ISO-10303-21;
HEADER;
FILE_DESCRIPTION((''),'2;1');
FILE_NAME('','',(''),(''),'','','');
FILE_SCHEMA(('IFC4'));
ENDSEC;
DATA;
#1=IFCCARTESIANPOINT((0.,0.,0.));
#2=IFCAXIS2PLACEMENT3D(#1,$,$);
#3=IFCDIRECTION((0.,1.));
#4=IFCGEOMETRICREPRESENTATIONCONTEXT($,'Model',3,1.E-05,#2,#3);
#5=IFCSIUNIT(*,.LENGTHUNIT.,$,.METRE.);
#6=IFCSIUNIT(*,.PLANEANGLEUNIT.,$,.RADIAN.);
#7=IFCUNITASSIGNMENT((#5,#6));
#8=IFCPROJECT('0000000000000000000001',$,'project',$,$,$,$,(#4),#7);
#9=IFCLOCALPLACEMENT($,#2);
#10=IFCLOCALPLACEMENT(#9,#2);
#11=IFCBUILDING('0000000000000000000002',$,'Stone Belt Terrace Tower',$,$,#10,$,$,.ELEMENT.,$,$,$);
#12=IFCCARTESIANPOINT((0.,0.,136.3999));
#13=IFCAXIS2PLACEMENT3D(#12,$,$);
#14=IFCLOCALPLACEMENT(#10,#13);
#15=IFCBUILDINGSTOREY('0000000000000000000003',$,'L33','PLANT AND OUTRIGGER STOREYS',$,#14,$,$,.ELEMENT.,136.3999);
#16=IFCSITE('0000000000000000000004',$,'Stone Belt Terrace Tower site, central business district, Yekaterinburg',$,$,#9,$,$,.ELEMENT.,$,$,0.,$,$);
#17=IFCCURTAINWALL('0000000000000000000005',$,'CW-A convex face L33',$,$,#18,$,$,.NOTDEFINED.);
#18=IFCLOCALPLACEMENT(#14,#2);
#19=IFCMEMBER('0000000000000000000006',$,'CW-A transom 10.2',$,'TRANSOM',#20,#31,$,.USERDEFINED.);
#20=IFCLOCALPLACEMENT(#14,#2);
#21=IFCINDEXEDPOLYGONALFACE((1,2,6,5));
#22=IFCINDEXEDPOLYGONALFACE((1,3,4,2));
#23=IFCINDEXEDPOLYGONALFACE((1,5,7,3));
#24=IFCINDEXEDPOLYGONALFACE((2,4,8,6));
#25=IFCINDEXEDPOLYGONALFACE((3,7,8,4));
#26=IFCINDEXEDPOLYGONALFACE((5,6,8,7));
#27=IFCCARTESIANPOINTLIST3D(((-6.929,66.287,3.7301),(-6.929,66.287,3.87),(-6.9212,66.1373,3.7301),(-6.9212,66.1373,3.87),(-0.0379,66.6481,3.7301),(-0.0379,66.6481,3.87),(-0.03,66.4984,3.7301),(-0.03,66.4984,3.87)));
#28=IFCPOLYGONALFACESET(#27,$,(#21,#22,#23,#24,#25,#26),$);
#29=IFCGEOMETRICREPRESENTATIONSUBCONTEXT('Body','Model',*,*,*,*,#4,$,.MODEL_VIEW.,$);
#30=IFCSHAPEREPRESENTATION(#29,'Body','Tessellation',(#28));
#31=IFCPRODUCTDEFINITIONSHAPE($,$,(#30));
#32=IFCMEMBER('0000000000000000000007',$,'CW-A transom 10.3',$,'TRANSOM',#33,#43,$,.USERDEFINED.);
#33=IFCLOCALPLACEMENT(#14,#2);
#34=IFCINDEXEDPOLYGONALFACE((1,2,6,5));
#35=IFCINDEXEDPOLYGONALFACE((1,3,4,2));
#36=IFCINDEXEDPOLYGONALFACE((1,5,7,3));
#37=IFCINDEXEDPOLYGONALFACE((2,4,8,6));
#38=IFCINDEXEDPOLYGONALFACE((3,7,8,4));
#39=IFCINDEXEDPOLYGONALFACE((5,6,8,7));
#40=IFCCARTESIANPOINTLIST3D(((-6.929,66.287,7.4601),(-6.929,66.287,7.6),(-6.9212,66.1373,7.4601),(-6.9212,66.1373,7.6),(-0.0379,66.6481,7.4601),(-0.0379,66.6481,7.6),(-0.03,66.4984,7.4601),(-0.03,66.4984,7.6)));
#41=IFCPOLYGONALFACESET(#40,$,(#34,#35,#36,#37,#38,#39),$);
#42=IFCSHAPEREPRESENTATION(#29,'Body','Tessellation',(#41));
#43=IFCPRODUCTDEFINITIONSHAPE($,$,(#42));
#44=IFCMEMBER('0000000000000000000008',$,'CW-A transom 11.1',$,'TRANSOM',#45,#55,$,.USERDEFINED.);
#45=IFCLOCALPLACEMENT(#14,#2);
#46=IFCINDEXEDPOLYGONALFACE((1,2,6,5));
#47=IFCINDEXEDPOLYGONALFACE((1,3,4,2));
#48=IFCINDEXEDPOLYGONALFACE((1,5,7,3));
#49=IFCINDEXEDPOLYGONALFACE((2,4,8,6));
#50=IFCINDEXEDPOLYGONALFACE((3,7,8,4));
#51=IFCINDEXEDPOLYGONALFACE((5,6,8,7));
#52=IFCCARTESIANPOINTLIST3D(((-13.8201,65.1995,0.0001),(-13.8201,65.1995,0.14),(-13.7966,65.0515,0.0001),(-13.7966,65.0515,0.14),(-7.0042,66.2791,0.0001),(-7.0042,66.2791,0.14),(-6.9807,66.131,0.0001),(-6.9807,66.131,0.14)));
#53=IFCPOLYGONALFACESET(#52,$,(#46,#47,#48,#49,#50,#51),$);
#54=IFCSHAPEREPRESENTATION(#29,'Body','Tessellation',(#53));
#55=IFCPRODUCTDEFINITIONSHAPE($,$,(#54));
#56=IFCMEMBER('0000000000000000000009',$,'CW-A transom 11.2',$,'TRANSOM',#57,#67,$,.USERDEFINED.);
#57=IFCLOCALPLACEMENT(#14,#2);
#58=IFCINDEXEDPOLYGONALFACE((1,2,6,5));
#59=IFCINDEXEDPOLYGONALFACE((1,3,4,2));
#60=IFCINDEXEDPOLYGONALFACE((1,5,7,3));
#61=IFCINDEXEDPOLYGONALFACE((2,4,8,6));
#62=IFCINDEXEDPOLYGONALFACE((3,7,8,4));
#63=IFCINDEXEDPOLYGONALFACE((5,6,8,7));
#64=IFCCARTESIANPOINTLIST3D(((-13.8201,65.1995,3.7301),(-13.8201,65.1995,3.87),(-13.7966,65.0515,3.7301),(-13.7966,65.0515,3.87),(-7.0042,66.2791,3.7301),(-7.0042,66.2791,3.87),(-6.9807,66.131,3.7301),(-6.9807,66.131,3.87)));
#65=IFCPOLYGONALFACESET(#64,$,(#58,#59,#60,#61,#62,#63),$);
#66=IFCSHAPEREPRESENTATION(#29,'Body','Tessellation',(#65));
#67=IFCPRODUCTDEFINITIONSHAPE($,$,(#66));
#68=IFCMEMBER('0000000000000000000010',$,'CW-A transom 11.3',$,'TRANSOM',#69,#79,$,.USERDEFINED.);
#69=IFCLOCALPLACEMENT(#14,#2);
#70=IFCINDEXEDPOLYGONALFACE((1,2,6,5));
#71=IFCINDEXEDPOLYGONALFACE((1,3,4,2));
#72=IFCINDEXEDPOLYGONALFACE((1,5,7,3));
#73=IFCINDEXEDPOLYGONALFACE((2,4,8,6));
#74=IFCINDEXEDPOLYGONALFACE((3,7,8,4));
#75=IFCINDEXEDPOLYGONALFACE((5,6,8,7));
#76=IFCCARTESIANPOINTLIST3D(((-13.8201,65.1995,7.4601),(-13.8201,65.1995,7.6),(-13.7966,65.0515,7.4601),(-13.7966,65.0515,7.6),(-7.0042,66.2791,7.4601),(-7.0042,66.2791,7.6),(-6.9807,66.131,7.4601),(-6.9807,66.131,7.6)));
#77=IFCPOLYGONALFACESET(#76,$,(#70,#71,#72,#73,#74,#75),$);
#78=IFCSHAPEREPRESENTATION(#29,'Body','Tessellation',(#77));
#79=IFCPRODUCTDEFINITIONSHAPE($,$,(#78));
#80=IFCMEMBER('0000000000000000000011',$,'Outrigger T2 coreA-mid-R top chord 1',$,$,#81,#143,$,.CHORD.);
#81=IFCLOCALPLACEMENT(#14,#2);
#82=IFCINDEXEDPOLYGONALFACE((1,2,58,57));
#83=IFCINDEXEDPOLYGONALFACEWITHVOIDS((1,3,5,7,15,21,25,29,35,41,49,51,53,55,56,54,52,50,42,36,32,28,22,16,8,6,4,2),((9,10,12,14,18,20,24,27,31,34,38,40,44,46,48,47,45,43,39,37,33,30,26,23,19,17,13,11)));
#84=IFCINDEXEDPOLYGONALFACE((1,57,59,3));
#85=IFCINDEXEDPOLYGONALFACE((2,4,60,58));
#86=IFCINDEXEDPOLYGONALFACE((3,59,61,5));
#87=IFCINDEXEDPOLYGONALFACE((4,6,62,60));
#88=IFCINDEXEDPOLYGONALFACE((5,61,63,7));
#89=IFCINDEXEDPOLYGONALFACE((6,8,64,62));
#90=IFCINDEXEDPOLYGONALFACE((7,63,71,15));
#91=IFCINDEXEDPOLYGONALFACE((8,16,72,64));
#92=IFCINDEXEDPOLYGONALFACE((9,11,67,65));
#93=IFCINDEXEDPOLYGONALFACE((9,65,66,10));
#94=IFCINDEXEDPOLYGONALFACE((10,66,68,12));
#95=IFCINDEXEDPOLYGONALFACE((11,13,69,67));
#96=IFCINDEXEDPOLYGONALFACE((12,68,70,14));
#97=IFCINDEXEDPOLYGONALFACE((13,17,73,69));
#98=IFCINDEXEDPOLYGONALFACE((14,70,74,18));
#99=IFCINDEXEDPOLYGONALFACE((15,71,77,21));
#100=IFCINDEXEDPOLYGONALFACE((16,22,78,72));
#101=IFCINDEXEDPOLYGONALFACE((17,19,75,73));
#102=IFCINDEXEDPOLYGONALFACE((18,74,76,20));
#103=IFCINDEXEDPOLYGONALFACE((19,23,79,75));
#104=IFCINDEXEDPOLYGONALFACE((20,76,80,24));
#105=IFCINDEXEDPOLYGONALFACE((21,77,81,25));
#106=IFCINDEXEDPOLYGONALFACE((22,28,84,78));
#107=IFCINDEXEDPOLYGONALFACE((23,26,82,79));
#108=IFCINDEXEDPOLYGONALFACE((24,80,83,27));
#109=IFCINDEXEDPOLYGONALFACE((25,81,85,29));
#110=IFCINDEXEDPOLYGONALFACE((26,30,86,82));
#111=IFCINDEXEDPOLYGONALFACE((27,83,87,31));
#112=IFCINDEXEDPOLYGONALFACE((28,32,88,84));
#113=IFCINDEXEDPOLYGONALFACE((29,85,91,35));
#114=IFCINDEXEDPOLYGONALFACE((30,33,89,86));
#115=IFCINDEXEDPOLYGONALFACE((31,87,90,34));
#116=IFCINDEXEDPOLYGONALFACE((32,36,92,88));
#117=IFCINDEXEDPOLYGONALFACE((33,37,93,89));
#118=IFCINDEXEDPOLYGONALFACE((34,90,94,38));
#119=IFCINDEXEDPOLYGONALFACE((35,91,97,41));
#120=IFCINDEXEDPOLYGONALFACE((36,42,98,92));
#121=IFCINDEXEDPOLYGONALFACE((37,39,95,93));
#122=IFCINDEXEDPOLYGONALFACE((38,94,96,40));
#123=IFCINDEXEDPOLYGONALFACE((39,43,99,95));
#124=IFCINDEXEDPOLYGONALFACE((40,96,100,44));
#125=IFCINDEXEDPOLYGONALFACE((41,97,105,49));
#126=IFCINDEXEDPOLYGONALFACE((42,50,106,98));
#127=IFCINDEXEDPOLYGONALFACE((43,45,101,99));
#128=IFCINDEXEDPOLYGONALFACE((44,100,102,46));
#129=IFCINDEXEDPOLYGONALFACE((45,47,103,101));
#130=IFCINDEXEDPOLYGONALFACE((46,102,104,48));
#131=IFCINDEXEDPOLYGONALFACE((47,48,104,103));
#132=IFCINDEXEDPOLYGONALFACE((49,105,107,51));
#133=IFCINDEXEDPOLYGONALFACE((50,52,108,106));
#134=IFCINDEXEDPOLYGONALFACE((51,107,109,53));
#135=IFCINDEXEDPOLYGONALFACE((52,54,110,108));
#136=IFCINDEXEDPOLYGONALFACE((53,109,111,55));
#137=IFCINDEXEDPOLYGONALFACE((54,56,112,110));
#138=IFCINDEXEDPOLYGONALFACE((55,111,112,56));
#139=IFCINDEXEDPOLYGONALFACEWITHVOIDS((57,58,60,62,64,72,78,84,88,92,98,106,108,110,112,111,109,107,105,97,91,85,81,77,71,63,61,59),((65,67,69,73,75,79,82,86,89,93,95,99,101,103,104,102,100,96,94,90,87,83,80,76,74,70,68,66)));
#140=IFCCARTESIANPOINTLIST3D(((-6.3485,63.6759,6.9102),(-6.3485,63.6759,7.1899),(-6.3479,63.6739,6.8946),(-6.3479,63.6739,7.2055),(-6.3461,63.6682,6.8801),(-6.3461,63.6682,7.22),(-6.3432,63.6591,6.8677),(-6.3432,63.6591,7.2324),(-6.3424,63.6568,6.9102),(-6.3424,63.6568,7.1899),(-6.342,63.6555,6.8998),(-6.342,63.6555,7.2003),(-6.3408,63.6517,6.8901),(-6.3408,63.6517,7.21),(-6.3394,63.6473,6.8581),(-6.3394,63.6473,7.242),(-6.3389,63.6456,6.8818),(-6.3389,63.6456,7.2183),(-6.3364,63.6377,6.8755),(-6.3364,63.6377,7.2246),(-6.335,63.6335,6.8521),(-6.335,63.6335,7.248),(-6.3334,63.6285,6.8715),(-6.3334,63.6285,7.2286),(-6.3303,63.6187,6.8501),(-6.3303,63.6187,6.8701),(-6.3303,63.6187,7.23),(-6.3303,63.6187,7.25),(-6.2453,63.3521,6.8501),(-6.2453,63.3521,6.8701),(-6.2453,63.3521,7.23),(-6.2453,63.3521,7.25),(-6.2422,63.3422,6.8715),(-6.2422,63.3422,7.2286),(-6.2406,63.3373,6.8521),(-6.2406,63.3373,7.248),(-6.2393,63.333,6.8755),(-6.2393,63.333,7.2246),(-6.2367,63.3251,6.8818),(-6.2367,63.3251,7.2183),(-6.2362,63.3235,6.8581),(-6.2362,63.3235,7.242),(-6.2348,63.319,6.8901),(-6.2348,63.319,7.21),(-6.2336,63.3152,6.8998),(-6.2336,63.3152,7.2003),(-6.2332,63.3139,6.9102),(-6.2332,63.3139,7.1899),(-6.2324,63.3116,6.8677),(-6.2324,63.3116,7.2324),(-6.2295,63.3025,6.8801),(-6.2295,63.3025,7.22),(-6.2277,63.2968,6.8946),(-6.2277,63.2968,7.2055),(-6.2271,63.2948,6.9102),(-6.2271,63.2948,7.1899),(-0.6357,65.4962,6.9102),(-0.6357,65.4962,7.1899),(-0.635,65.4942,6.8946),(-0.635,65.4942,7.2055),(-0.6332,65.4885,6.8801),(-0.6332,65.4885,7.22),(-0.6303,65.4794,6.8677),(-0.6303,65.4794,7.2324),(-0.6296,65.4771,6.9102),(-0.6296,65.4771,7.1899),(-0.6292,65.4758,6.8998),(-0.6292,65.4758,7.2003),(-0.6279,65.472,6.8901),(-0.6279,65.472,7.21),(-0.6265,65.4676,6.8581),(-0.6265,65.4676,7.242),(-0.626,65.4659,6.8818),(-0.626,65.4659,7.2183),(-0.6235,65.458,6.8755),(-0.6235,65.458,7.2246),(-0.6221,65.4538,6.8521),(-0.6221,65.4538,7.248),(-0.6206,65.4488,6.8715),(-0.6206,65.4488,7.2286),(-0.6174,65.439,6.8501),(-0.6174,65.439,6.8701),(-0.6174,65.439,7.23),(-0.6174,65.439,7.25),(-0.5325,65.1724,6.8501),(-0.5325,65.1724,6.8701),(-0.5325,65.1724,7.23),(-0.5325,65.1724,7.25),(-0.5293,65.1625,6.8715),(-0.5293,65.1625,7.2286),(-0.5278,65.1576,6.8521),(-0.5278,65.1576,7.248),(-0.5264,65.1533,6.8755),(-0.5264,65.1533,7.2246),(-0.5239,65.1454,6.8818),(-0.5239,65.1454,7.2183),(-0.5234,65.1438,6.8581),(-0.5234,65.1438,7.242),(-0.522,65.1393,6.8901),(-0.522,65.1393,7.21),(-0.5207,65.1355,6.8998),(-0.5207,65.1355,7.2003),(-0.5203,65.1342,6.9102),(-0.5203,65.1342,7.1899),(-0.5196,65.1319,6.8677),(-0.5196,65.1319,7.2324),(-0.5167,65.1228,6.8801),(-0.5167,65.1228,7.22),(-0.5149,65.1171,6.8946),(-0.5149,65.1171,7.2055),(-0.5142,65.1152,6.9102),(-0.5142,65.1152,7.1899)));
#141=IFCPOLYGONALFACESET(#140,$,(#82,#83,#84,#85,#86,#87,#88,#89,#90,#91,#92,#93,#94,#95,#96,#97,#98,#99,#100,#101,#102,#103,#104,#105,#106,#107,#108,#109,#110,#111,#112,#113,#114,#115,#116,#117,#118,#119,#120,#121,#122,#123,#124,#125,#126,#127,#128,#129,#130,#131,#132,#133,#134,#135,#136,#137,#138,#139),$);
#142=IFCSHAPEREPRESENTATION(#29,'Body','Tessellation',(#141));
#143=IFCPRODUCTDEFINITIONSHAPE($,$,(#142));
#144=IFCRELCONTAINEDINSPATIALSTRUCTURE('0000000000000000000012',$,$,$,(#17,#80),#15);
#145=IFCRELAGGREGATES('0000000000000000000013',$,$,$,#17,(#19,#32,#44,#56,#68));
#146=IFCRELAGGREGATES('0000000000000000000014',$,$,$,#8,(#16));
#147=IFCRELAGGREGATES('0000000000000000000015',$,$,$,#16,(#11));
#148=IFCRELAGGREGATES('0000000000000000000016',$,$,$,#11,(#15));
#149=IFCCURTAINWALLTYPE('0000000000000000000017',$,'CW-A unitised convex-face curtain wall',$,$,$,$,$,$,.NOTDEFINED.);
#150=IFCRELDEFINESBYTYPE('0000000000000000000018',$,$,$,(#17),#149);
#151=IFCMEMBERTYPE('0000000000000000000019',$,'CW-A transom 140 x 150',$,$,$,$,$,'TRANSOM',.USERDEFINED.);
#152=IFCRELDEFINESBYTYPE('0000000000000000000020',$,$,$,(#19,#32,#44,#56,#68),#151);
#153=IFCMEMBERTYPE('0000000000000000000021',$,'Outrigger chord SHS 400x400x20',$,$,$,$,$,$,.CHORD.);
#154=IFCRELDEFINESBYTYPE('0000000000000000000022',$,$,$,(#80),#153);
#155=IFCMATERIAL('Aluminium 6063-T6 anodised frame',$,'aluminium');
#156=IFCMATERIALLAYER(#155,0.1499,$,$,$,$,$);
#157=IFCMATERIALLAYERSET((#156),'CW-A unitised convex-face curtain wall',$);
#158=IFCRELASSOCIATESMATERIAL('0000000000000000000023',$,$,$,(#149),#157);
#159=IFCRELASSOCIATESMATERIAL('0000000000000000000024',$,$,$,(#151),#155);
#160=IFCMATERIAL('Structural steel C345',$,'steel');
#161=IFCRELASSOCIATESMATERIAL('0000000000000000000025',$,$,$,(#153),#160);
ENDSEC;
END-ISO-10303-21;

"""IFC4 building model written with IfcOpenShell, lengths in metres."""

from ifc_helpers import new_model, si_unit, direction, frame, origin, origin_2d, place, context, subcontext, project, spatial, rectangle, hollow_rectangle, extrude, material, layer, layer_set, material_profile, profile_set, type_object, element, aggregate, save


model = new_model("IFC4")

# Units and contexts
model_context = context("Model", 3, precision=1e-05, world=origin(), true_north=direction((0.0, 1.0)))
body_context = subcontext(model_context, "Body", "Model", "MODEL_VIEW")
ifc_project = project(units=[si_unit("LENGTHUNIT", "METRE"), si_unit("PLANEANGLEUNIT", "RADIAN")], contexts=[model_context])

# Site, building, storey
site_placement = place(None, origin())
site = spatial("IfcSite", under=ifc_project, at=site_placement, Name="Stone Belt Terrace Tower site, central business district, Yekaterinburg", CompositionType="ELEMENT", RefElevation=0.0)
building_placement = place(site_placement, origin())
building = spatial("IfcBuilding", under=site, at=building_placement, Name="Stone Belt Terrace Tower", CompositionType="ELEMENT")
storey_placement = place(building_placement, frame((0.0, 0.0, 136.3999)))
storey = spatial("IfcBuildingStorey", under=building, at=storey_placement, Name="L33", Description="PLANT AND OUTRIGGER STOREYS", CompositionType="ELEMENT", Elevation=136.3999)

# Shared definitions
ifc_material_1 = material(Name="Structural steel C345", Category="steel")

# Curtain wall, members
ifc_material_2 = material(Name="Aluminium 6063-T6 anodised frame", Category="aluminium")
ifc_layer_1 = layer(ifc_material_2, 0.1499)
ifc_layer_set_1 = layer_set([ifc_layer_1], Name="CW-A unitised convex-face curtain wall")
curtain_wall_type = type_object("IfcCurtainWallType", Name="CW-A unitised convex-face curtain wall", PredefinedType="NOTDEFINED", material=ifc_layer_set_1)
curtain_wall_placement = place(storey_placement, origin())
curtain_wall = element("IfcCurtainWall", 1, at=curtain_wall_placement, inside=storey, type_object=curtain_wall_type, Name="CW-A convex face L33", PredefinedType="NOTDEFINED")
ifc_material_profile_1 = material_profile(ifc_material_2, rectangle(XDim=0.1499, YDim=0.1399, at=origin_2d()), Name="Aluminium 6063-T6 150x140")
ifc_profile_set_1 = profile_set([ifc_material_profile_1], Name="Aluminium 6063-T6 anodised frame")
member_type_1 = type_object("IfcMemberType", Name="CW-A transom 140 x 150", ElementType="TRANSOM", PredefinedType="USERDEFINED", material=ifc_profile_set_1)
member_1_placement = place(storey_placement, frame((-0.0339, 66.5732, 3.8), z_axis=(-0.99863, -0.052327, 0.0), x_axis=(0.052327, -0.99863, 0.0)))
member_1 = element("IfcMember", 2, at=member_1_placement, type_object=member_type_1, Name="CW-A transom 10.2", ObjectType="TRANSOM", PredefinedType="USERDEFINED", context=body_context, shape_type="SweptSolid", body=[
    extrude(rectangle(XDim=0.1499, YDim=0.1399, at=origin_2d()), origin(), (0.0, 0.0, 1.0), 6.9006),
])
member_2_placement = place(storey_placement, frame((-0.0339, 66.5732, 7.53), z_axis=(-0.99863, -0.052327, 0.0), x_axis=(0.052327, -0.99863, 0.0)))
member_2 = element("IfcMember", 3, at=member_2_placement, type_object=member_type_1, Name="CW-A transom 10.3", ObjectType="TRANSOM", PredefinedType="USERDEFINED", context=body_context, shape_type="SweptSolid", body=[
    extrude(rectangle(XDim=0.1499, YDim=0.1399, at=origin_2d()), origin(), (0.0, 0.0, 1.0), 6.9006),
])
member_3_placement = place(storey_placement, frame((-6.9924, 66.2051, 0.0701), z_axis=(-0.987687, -0.156442, 0.0), x_axis=(0.156442, -0.987687, 0.0)))
member_3 = element("IfcMember", 4, at=member_3_placement, type_object=member_type_1, Name="CW-A transom 11.1", ObjectType="TRANSOM", PredefinedType="USERDEFINED", context=body_context, shape_type="SweptSolid", body=[
    extrude(rectangle(XDim=0.1499, YDim=0.1399, at=origin_2d()), origin(), (0.0, 0.0, 1.0), 6.9009),
])
member_4_placement = place(storey_placement, frame((-6.9924, 66.2051, 3.8), z_axis=(-0.987687, -0.156442, 0.0), x_axis=(0.156442, -0.987687, 0.0)))
member_4 = element("IfcMember", 5, at=member_4_placement, type_object=member_type_1, Name="CW-A transom 11.2", ObjectType="TRANSOM", PredefinedType="USERDEFINED", context=body_context, shape_type="SweptSolid", body=[
    extrude(rectangle(XDim=0.1499, YDim=0.1399, at=origin_2d()), origin(), (0.0, 0.0, 1.0), 6.9009),
])
member_5_placement = place(storey_placement, frame((-6.9924, 66.2051, 7.53), z_axis=(-0.987687, -0.156442, 0.0), x_axis=(0.156442, -0.987687, 0.0)))
member_5 = element("IfcMember", 6, at=member_5_placement, type_object=member_type_1, Name="CW-A transom 11.3", ObjectType="TRANSOM", PredefinedType="USERDEFINED", context=body_context, shape_type="SweptSolid", body=[
    extrude(rectangle(XDim=0.1499, YDim=0.1399, at=origin_2d()), origin(), (0.0, 0.0, 1.0), 6.9009),
])

# Member
ifc_material_profile_2 = material_profile(ifc_material_1, hollow_rectangle(XDim=0.3999, YDim=0.3999, WallThickness=0.02, InnerFilletRadius=0.04, OuterFilletRadius=0.0601, at=origin_2d()), Name="SHS 400x400x20")
ifc_profile_set_2 = profile_set([ifc_material_profile_2], Name="Structural steel C345")
member_type_2 = type_object("IfcMemberType", Name="Outrigger chord SHS 400x400x20", PredefinedType="CHORD", material=ifc_profile_set_2)
for number, where, z_axis, x_axis, name in (
    (7, (-0.575, 65.3057, 7.05), (-0.952802, -0.303594, 0.0), (0.303594, -0.952802, 0.0), "Outrigger T2 coreA-mid-R top chord 1"),
):
    element("IfcMember", number, at=place(storey_placement, frame(where, z_axis=z_axis, x_axis=x_axis)), inside=storey, type_object=member_type_2, Name=name, PredefinedType="CHORD", context=body_context, shape_type="SweptSolid", body=[
        extrude(hollow_rectangle(XDim=0.3999, YDim=0.3999, WallThickness=0.02, InnerFilletRadius=0.04, OuterFilletRadius=0.0601, at=origin_2d()), origin(), (0.0, 0.0, 1.0), 5.9958),
    ])

aggregate(curtain_wall, [member_1, member_2, member_3, member_4, member_5])

save(model, "model.ifc")
